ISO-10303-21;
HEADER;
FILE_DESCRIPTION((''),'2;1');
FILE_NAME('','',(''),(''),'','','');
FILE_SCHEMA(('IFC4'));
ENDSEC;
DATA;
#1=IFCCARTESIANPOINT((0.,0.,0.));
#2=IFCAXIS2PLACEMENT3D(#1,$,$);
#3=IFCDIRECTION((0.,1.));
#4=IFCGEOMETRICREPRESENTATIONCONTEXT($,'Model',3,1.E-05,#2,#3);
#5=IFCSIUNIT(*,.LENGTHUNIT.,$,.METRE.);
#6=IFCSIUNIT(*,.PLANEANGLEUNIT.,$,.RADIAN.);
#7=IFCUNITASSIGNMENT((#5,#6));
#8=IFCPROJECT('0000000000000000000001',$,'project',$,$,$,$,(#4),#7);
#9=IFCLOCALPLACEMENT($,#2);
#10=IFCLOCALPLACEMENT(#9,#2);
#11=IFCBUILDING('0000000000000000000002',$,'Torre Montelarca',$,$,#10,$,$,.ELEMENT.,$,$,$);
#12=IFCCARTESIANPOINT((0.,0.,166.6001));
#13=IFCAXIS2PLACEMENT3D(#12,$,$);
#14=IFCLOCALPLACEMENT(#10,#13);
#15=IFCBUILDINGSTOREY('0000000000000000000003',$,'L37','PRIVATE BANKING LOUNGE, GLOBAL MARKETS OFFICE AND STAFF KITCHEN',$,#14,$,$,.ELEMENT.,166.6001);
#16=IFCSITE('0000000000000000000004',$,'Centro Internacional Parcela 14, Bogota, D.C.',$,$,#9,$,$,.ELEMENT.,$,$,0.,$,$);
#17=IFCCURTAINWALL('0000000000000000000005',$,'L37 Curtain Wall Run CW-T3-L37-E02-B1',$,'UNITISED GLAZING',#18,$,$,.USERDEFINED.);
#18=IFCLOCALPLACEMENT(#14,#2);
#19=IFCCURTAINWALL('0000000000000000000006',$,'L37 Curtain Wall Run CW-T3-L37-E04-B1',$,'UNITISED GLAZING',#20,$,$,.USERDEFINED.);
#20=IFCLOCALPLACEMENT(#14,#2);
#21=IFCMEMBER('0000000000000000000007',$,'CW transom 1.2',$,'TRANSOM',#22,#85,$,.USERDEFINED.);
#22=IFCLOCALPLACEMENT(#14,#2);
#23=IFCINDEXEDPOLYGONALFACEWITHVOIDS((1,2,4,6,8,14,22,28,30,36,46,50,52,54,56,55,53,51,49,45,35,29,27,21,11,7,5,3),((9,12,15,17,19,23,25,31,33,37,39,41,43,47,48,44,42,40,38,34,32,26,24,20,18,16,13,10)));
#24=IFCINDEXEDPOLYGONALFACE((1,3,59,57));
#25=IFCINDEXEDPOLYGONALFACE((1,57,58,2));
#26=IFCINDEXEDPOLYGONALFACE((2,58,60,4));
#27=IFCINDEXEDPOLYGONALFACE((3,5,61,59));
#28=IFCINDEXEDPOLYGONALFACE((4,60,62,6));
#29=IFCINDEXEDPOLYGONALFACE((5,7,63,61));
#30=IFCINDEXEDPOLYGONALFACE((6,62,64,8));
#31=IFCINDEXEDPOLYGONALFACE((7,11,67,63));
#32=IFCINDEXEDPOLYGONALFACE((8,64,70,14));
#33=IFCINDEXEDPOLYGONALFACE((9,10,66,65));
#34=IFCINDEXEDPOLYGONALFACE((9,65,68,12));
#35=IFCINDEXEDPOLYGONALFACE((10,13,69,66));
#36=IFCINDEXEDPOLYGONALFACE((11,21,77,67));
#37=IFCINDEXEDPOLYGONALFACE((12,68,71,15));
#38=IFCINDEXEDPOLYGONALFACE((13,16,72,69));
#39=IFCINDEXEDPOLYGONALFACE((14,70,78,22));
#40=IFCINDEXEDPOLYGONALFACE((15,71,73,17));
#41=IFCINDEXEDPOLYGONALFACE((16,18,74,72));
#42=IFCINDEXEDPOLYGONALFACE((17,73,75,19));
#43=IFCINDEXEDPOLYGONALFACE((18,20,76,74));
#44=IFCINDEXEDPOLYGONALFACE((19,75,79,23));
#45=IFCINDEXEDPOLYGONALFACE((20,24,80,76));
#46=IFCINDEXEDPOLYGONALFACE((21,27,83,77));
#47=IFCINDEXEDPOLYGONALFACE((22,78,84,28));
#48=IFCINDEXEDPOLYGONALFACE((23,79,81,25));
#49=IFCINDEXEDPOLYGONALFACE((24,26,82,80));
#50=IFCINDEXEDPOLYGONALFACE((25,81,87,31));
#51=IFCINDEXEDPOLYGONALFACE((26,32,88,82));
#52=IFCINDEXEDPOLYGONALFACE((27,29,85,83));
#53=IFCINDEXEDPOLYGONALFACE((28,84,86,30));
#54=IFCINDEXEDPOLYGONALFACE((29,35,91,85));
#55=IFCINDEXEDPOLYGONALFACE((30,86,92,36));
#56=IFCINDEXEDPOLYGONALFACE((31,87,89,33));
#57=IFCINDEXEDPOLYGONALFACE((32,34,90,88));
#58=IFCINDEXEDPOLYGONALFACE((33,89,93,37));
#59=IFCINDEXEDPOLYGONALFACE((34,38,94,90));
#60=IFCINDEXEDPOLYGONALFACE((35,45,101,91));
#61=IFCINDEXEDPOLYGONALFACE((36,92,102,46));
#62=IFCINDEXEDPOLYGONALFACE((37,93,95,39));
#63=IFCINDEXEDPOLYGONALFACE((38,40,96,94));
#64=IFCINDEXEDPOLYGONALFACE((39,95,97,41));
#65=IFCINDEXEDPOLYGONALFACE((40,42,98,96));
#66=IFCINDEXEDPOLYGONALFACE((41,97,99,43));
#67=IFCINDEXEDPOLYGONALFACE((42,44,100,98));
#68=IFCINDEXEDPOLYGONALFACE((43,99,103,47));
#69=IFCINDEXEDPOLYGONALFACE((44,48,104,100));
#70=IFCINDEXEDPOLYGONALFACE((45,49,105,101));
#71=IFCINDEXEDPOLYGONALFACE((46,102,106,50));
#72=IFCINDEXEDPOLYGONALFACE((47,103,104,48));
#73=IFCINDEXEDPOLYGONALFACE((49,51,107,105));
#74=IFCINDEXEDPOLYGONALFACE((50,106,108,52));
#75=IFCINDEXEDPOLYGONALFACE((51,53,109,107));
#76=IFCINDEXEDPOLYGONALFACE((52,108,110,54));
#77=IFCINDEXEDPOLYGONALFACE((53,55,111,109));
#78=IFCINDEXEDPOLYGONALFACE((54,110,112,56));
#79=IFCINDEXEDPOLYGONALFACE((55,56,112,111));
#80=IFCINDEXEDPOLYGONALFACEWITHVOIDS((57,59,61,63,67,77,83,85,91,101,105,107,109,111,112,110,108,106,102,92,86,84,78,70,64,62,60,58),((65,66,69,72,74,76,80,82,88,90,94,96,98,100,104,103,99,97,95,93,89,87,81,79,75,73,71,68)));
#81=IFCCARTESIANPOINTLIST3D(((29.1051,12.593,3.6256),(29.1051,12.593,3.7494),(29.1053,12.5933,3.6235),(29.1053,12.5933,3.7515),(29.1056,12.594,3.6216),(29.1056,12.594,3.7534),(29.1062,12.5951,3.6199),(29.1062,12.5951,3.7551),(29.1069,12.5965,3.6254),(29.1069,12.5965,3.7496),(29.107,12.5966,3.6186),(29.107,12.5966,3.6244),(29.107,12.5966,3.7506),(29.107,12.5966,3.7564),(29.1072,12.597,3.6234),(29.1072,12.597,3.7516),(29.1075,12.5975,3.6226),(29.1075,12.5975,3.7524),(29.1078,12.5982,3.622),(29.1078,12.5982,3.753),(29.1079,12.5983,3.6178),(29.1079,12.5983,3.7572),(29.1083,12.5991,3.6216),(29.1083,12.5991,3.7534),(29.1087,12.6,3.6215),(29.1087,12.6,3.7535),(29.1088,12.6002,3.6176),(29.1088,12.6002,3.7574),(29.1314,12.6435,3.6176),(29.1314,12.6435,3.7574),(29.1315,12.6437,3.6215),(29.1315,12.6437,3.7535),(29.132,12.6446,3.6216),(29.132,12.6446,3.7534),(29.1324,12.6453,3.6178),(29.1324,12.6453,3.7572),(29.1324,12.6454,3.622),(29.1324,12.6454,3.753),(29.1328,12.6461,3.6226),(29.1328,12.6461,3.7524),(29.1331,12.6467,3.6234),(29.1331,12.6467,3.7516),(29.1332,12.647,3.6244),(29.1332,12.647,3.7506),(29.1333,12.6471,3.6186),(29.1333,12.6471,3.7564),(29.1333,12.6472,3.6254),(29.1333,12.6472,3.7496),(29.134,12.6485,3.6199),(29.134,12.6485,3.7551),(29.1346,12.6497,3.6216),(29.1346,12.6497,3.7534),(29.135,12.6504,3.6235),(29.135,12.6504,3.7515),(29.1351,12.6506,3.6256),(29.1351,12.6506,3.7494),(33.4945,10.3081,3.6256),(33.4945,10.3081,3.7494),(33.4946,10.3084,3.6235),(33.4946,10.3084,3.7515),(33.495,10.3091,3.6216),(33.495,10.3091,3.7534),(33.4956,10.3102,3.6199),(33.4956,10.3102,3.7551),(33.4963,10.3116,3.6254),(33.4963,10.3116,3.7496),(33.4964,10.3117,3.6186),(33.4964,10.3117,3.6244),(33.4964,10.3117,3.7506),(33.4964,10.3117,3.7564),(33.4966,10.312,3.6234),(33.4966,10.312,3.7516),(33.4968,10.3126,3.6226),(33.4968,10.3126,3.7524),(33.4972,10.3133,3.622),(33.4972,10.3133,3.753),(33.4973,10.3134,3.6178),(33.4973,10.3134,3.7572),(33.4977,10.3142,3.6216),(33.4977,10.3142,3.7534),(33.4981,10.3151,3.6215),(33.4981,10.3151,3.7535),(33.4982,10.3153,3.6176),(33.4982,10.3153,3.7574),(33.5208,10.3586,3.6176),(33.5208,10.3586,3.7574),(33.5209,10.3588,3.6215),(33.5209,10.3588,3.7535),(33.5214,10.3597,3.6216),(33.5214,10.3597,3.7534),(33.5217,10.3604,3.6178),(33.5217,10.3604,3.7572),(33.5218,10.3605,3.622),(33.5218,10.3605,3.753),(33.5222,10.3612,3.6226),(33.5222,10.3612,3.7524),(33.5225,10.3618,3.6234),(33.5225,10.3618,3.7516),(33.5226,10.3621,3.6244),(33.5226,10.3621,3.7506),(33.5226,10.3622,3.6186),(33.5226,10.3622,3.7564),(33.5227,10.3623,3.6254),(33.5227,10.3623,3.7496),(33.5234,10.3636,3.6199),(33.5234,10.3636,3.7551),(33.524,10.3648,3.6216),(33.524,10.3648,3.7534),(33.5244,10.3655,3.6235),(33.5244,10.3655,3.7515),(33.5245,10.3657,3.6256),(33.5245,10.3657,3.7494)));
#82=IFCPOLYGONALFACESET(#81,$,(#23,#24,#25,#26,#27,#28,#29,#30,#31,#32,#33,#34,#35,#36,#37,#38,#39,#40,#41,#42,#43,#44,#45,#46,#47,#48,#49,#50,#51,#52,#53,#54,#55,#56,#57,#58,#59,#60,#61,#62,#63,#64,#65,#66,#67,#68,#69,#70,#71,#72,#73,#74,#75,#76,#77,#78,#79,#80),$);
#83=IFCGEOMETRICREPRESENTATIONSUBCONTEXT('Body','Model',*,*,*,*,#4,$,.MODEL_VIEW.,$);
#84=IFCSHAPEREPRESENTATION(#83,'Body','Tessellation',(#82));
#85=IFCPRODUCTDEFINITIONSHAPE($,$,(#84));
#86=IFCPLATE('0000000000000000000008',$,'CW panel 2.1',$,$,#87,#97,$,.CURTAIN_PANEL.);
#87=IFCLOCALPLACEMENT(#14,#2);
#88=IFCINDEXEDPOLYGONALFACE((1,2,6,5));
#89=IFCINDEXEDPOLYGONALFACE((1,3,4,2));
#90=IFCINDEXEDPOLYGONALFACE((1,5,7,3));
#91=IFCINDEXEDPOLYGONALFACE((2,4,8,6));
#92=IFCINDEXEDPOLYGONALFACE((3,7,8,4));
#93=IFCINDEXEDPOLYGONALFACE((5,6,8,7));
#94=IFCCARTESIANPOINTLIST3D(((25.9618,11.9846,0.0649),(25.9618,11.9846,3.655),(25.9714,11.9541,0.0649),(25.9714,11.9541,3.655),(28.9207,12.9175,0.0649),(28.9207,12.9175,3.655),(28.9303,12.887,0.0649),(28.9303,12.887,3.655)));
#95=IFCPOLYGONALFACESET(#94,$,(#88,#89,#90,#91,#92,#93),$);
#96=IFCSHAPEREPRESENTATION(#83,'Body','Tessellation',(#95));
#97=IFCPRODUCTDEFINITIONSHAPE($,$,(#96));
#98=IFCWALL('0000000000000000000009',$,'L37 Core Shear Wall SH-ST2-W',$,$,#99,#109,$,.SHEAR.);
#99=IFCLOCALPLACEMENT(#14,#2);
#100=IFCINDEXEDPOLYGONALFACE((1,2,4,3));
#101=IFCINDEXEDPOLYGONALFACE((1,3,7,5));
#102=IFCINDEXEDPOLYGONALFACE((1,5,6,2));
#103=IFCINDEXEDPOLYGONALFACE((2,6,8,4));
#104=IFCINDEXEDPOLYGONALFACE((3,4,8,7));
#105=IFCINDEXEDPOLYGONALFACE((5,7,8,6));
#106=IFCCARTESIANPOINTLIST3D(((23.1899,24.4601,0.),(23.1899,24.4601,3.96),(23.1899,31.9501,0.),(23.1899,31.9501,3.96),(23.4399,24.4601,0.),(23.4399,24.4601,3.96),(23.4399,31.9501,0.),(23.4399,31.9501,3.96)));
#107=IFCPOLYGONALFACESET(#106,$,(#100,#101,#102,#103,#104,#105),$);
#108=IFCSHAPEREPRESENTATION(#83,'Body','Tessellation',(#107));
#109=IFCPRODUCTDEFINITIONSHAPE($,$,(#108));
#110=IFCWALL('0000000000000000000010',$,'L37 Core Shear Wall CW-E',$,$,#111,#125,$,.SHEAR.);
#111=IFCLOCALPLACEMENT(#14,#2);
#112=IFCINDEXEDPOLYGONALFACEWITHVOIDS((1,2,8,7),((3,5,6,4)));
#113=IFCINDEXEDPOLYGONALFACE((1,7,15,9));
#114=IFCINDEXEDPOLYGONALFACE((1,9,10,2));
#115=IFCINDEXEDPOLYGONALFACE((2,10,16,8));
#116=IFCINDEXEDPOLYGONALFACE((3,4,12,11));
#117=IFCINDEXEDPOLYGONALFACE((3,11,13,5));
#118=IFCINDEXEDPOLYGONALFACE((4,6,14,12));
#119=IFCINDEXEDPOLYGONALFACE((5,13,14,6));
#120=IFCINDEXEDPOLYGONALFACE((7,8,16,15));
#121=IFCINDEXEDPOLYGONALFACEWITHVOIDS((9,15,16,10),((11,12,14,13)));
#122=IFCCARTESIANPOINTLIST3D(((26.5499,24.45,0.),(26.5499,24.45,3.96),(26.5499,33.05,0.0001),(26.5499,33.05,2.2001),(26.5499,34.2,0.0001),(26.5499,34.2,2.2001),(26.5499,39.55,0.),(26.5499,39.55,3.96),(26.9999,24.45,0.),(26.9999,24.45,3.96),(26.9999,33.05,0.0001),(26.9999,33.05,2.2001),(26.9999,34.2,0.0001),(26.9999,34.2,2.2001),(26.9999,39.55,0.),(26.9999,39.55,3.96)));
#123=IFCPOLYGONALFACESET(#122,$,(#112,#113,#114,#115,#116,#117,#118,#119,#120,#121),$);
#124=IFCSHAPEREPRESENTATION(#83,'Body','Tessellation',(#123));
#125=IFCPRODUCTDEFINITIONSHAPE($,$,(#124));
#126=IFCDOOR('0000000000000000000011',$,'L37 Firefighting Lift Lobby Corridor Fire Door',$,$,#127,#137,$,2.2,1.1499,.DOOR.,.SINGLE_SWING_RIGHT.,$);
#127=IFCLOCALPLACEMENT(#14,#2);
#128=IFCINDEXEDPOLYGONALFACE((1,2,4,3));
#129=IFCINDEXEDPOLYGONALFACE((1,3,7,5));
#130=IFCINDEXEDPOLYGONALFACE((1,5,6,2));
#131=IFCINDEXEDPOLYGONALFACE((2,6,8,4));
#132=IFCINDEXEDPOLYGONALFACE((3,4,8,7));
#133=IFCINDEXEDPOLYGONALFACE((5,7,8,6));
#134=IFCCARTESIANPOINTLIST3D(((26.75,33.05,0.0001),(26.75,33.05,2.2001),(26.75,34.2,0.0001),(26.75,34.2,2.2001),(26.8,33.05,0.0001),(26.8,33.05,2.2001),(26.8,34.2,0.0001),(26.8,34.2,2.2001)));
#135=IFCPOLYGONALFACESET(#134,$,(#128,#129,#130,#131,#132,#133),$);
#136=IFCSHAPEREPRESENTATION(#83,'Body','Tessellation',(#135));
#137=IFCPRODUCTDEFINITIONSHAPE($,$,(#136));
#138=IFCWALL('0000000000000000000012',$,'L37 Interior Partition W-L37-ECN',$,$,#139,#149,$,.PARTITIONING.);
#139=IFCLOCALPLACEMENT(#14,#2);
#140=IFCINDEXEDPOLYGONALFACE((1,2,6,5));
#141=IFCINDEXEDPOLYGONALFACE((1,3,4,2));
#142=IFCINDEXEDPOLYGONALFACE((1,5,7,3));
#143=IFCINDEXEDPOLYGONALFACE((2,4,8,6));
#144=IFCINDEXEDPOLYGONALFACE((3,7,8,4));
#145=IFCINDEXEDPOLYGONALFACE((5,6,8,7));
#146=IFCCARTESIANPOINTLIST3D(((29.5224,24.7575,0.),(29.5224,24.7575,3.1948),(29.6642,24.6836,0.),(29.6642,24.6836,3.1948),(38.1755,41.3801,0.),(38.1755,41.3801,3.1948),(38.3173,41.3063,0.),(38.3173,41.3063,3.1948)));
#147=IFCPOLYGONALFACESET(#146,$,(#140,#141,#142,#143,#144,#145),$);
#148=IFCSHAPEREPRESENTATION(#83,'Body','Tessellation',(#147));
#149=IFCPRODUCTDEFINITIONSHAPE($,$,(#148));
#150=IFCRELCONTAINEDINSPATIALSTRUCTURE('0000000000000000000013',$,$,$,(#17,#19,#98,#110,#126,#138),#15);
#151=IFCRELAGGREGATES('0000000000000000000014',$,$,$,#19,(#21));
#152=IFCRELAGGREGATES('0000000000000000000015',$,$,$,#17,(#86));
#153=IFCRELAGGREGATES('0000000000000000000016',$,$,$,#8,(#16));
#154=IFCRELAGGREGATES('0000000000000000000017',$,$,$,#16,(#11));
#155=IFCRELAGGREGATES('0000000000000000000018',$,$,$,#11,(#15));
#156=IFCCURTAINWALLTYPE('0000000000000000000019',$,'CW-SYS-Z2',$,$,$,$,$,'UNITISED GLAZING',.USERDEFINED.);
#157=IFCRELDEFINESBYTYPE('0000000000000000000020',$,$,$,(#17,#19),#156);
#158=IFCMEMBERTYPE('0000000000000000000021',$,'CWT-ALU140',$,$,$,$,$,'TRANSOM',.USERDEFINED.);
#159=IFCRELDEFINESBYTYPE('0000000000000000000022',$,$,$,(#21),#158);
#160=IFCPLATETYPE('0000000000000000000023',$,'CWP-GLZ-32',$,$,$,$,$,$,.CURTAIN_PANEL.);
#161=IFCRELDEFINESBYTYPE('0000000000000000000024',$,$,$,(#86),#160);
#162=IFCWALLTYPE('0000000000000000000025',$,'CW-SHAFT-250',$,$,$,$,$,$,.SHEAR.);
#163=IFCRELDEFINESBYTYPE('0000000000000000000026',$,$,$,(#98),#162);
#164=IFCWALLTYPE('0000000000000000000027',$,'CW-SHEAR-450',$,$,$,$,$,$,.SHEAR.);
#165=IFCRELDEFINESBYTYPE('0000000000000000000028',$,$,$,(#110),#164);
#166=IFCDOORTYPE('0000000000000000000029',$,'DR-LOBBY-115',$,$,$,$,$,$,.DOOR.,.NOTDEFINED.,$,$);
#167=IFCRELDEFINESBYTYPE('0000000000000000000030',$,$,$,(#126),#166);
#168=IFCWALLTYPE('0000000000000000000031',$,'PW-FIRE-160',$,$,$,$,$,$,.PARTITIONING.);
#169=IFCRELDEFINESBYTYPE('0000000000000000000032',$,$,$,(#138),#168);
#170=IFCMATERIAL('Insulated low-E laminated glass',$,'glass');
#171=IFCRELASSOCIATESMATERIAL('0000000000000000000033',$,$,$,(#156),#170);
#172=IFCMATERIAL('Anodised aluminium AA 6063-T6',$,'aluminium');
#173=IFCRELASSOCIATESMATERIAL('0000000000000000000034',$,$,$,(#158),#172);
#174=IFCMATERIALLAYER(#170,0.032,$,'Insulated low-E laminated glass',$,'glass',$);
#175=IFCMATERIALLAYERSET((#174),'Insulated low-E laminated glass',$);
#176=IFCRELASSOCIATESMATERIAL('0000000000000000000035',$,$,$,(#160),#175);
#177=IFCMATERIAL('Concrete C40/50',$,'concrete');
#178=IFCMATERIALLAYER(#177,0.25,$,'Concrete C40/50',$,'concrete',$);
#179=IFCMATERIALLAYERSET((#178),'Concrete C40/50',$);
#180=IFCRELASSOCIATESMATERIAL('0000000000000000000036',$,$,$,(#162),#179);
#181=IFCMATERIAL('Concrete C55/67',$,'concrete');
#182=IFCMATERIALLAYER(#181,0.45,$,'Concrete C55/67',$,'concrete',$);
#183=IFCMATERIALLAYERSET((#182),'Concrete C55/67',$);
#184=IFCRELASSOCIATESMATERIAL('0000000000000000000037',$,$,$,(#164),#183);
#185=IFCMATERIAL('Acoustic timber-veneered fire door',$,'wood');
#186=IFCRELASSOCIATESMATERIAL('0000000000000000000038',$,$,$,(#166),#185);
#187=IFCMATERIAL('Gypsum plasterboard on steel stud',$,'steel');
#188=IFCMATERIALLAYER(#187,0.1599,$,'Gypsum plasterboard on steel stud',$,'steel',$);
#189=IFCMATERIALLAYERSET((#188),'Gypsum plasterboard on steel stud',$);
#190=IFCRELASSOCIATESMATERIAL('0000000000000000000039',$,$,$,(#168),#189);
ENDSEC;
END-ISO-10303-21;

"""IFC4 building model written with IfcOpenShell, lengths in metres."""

from ifc_helpers import new_model, si_unit, direction, frame, frame_2d, origin, origin_2d, place, context, subcontext, project, spatial, rectangle, hollow_rectangle, extrude, source, transform, mapped, material, layer, layer_set, material_profile, profile_set, type_object, element, fill, aggregate, save


model = new_model("IFC4")

# Units and contexts
model_context = context("Model", 3, precision=1e-05, world=origin(), true_north=direction((0.0, 1.0)))
body_context = subcontext(model_context, "Body", "Model", "MODEL_VIEW")
ifc_project = project(units=[si_unit("LENGTHUNIT", "METRE"), si_unit("PLANEANGLEUNIT", "RADIAN")], contexts=[model_context])

# Site, building, storey
site_placement = place(None, origin())
site = spatial("IfcSite", under=ifc_project, at=site_placement, Name="Centro Internacional Parcela 14, Bogota, D.C.", CompositionType="ELEMENT", RefElevation=0.0)
building_placement = place(site_placement, origin())
building = spatial("IfcBuilding", under=site, at=building_placement, Name="Torre Montelarca", CompositionType="ELEMENT")
storey_placement = place(building_placement, frame((0.0, 0.0, 166.6001)))
storey = spatial("IfcBuildingStorey", under=building, at=storey_placement, Name="L37", Description="PRIVATE BANKING LOUNGE, GLOBAL MARKETS OFFICE AND STAFF KITCHEN", CompositionType="ELEMENT", Elevation=166.6001)

# Shared definitions
ifc_material_1 = material(Name="Concrete C55/67", Category="concrete")

# Curtain walls, member
ifc_material_2 = material(Name="Insulated low-E laminated glass", Category="glass")
curtain_wall_type = type_object("IfcCurtainWallType", Name="CW-SYS-Z2", ElementType="UNITISED GLAZING", PredefinedType="USERDEFINED", material=ifc_material_2)
curtain_wall_1_placement = place(storey_placement, origin())
curtain_wall_1 = element("IfcCurtainWall", 1, at=curtain_wall_1_placement, inside=storey, type_object=curtain_wall_type, Name="L37 Curtain Wall Run CW-T3-L37-E02-B1", ObjectType="UNITISED GLAZING", PredefinedType="USERDEFINED")
ifc_material_3 = material(Name="Anodised aluminium AA 6063-T6", Category="aluminium")
ifc_material_profile_1 = material_profile(ifc_material_3, hollow_rectangle(XDim=0.0649, YDim=0.1399, WallThickness=0.0039, InnerFilletRadius=0.0039, OuterFilletRadius=0.0081, at=origin_2d()), Name="ALU65X140X4", Category="aluminium")
ifc_profile_set_1 = profile_set([ifc_material_profile_1], Name="Anodised aluminium AA 6063-T6")
member_type_1 = type_object("IfcMemberType", Name="CWT-ALU140", ElementType="TRANSOM", PredefinedType="USERDEFINED", material=ifc_profile_set_1)
curtain_wall_2_placement = place(storey_placement, origin())
curtain_wall_2 = element("IfcCurtainWall", 2, at=curtain_wall_2_placement, inside=storey, type_object=curtain_wall_type, Name="L37 Curtain Wall Run CW-T3-L37-E04-B1", ObjectType="UNITISED GLAZING", PredefinedType="USERDEFINED")
shared_shape_1 = source(origin(), body_context, "Body", "SweptSolid", [
    extrude(hollow_rectangle(XDim=0.0649, YDim=0.1399, WallThickness=0.0039, InnerFilletRadius=0.0039, OuterFilletRadius=0.0081, at=origin_2d()), origin(), (0.0, 0.0, 1.0), 4.9485),
])
member_1_placement = place(storey_placement, frame((29.1201, 12.6218, 3.6875), z_axis=(0.887016, -0.461738, 0.0), x_axis=(0.461738, 0.887016, 0.0)))
member_1 = element("IfcMember", 3, at=member_1_placement, type_object=member_type_1, Name="CW transom 1.2", ObjectType="TRANSOM", PredefinedType="USERDEFINED", context=body_context, shape_type="MappedRepresentation", body=[
    mapped(shared_shape_1, transform((0.0, 0.0, 0.0), scale=1.0)),
])
aggregate(curtain_wall_2, [member_1])

# Plate
ifc_layer_1 = layer(ifc_material_2, 0.032, Name="Insulated low-E laminated glass", Category="glass")
ifc_layer_set_1 = layer_set([ifc_layer_1], Name="Insulated low-E laminated glass")
plate_type = type_object("IfcPlateType", Name="CWP-GLZ-32", PredefinedType="CURTAIN_PANEL", material=ifc_layer_set_1)
shared_shape_2 = source(origin(), body_context, "Body", "SweptSolid", [
    extrude(rectangle(XDim=3.1025, YDim=0.032, at=origin_2d()), origin(), (0.0, 0.0, 1.0), 3.5901),
])
plate_placement = place(storey_placement, frame((27.446, 12.4358, 0.0649), z_axis=(0.0, 0.0, 1.0), x_axis=(0.953718, 0.300703, 0.0)))
plate = element("IfcPlate", 4, at=plate_placement, type_object=plate_type, Name="CW panel 2.1", PredefinedType="CURTAIN_PANEL", context=body_context, shape_type="MappedRepresentation", body=[
    mapped(shared_shape_2, transform((0.0, 0.0, 0.0), scale=1.0)),
])
aggregate(curtain_wall_1, [plate])

# Wall
ifc_material_4 = material(Name="Concrete C40/50", Category="concrete")
ifc_layer_2 = layer(ifc_material_4, 0.25, Name="Concrete C40/50", Category="concrete")
ifc_layer_set_2 = layer_set([ifc_layer_2], Name="Concrete C40/50")
wall_type_1 = type_object("IfcWallType", Name="CW-SHAFT-250", PredefinedType="SHEAR", material=ifc_layer_set_2)
wall_1_placement = place(storey_placement, frame((23.3149, 24.46, 0.0), z_axis=(0.0, 0.0, 1.0), x_axis=(0.0, 1.0, 0.0)))
element("IfcWall", 5, at=wall_1_placement, inside=storey, type_object=wall_type_1, Name="L37 Core Shear Wall SH-ST2-W", PredefinedType="SHEAR", context=body_context, shape_type="SweptSolid", body=[
    extrude(rectangle(XDim=7.49, YDim=0.25, at=frame_2d((3.7451, 0.0))), origin(), (0.0, 0.0, 1.0), 3.96),
])

# Wall, opening, door
ifc_layer_3 = layer(ifc_material_1, 0.45, Name="Concrete C55/67", Category="concrete")
ifc_layer_set_3 = layer_set([ifc_layer_3], Name="Concrete C55/67")
wall_type_2 = type_object("IfcWallType", Name="CW-SHEAR-450", PredefinedType="SHEAR", material=ifc_layer_set_3)
wall_2_placement = place(storey_placement, frame((26.7749, 24.45, 0.0), z_axis=(0.0, 0.0, 1.0), x_axis=(0.0, 1.0, 0.0)))
wall_2 = element("IfcWall", 6, at=wall_2_placement, inside=storey, type_object=wall_type_2, Name="L37 Core Shear Wall CW-E", PredefinedType="SHEAR", context=body_context, shape_type="SweptSolid", body=[
    extrude(rectangle(XDim=15.1001, YDim=0.45, at=frame_2d((7.55, 0.0))), origin(), (0.0, 0.0, 1.0), 3.96),
])
opening_1_placement = place(wall_2_placement, frame((8.6001, 0.0, 0.0)))
opening_1 = element("IfcOpeningElement", 7, at=opening_1_placement, cuts=wall_2, PredefinedType="OPENING", context=body_context, shape_type="SweptSolid", body=[
    extrude(rectangle(XDim=1.1499, YDim=2.2, at=frame_2d((0.575, 1.1001))), frame((0.0, 0.2349, 0.0), z_axis=(0.0, -1.0, 0.0), x_axis=(1.0, 0.0, 0.0)), (0.0, 0.0, 1.0), 0.47),
])
ifc_material_5 = material(Name="Acoustic timber-veneered fire door", Category="wood")
door_type_1 = type_object("IfcDoorType", Name="DR-LOBBY-115", OperationType="NOTDEFINED", PredefinedType="DOOR", material=ifc_material_5)
shared_shape_3 = source(origin(), body_context, "Body", "SweptSolid", [
    extrude(rectangle(XDim=1.1499, YDim=2.2, at=frame_2d((0.575, 1.1001))), frame((0.0, 0.0249, 0.0), z_axis=(0.0, -1.0, 0.0), x_axis=(1.0, 0.0, 0.0)), (0.0, 0.0, 1.0), 0.05),
])
door_1_placement = place(opening_1_placement, origin())
door_1 = element("IfcDoor", 8, at=door_1_placement, inside=storey, type_object=door_type_1, Name="L37 Firefighting Lift Lobby Corridor Fire Door", OperationType="SINGLE_SWING_RIGHT", OverallHeight=2.2, OverallWidth=1.1499, PredefinedType="DOOR", context=body_context, shape_type="MappedRepresentation", body=[
    mapped(shared_shape_3, transform((0.0, 0.0, 0.0), scale=1.0)),
])
fill(opening_1, door_1)

# Wall
ifc_material_6 = material(Name="Gypsum plasterboard on steel stud", Category="steel")
ifc_layer_4 = layer(ifc_material_6, 0.1599, Name="Gypsum plasterboard on steel stud", Category="steel")
ifc_layer_set_4 = layer_set([ifc_layer_4], Name="Gypsum plasterboard on steel stud")
wall_type_3 = type_object("IfcWallType", Name="PW-FIRE-160", PredefinedType="PARTITIONING", material=ifc_layer_set_4)
wall_3_placement = place(storey_placement, frame((29.5933, 24.7205, 0.0), z_axis=(0.0, 0.0, 1.0), x_axis=(0.461745, 0.887013, 0.0)))
element("IfcWall", 9, at=wall_3_placement, inside=storey, type_object=wall_type_3, Name="L37 Interior Partition W-L37-ECN", PredefinedType="PARTITIONING", context=body_context, shape_type="SweptSolid", body=[
    extrude(rectangle(XDim=18.74, YDim=0.1599, at=frame_2d((9.3701, 0.0))), origin(), (0.0, 0.0, 1.0), 3.1948),
])

save(model, "model.ifc")
